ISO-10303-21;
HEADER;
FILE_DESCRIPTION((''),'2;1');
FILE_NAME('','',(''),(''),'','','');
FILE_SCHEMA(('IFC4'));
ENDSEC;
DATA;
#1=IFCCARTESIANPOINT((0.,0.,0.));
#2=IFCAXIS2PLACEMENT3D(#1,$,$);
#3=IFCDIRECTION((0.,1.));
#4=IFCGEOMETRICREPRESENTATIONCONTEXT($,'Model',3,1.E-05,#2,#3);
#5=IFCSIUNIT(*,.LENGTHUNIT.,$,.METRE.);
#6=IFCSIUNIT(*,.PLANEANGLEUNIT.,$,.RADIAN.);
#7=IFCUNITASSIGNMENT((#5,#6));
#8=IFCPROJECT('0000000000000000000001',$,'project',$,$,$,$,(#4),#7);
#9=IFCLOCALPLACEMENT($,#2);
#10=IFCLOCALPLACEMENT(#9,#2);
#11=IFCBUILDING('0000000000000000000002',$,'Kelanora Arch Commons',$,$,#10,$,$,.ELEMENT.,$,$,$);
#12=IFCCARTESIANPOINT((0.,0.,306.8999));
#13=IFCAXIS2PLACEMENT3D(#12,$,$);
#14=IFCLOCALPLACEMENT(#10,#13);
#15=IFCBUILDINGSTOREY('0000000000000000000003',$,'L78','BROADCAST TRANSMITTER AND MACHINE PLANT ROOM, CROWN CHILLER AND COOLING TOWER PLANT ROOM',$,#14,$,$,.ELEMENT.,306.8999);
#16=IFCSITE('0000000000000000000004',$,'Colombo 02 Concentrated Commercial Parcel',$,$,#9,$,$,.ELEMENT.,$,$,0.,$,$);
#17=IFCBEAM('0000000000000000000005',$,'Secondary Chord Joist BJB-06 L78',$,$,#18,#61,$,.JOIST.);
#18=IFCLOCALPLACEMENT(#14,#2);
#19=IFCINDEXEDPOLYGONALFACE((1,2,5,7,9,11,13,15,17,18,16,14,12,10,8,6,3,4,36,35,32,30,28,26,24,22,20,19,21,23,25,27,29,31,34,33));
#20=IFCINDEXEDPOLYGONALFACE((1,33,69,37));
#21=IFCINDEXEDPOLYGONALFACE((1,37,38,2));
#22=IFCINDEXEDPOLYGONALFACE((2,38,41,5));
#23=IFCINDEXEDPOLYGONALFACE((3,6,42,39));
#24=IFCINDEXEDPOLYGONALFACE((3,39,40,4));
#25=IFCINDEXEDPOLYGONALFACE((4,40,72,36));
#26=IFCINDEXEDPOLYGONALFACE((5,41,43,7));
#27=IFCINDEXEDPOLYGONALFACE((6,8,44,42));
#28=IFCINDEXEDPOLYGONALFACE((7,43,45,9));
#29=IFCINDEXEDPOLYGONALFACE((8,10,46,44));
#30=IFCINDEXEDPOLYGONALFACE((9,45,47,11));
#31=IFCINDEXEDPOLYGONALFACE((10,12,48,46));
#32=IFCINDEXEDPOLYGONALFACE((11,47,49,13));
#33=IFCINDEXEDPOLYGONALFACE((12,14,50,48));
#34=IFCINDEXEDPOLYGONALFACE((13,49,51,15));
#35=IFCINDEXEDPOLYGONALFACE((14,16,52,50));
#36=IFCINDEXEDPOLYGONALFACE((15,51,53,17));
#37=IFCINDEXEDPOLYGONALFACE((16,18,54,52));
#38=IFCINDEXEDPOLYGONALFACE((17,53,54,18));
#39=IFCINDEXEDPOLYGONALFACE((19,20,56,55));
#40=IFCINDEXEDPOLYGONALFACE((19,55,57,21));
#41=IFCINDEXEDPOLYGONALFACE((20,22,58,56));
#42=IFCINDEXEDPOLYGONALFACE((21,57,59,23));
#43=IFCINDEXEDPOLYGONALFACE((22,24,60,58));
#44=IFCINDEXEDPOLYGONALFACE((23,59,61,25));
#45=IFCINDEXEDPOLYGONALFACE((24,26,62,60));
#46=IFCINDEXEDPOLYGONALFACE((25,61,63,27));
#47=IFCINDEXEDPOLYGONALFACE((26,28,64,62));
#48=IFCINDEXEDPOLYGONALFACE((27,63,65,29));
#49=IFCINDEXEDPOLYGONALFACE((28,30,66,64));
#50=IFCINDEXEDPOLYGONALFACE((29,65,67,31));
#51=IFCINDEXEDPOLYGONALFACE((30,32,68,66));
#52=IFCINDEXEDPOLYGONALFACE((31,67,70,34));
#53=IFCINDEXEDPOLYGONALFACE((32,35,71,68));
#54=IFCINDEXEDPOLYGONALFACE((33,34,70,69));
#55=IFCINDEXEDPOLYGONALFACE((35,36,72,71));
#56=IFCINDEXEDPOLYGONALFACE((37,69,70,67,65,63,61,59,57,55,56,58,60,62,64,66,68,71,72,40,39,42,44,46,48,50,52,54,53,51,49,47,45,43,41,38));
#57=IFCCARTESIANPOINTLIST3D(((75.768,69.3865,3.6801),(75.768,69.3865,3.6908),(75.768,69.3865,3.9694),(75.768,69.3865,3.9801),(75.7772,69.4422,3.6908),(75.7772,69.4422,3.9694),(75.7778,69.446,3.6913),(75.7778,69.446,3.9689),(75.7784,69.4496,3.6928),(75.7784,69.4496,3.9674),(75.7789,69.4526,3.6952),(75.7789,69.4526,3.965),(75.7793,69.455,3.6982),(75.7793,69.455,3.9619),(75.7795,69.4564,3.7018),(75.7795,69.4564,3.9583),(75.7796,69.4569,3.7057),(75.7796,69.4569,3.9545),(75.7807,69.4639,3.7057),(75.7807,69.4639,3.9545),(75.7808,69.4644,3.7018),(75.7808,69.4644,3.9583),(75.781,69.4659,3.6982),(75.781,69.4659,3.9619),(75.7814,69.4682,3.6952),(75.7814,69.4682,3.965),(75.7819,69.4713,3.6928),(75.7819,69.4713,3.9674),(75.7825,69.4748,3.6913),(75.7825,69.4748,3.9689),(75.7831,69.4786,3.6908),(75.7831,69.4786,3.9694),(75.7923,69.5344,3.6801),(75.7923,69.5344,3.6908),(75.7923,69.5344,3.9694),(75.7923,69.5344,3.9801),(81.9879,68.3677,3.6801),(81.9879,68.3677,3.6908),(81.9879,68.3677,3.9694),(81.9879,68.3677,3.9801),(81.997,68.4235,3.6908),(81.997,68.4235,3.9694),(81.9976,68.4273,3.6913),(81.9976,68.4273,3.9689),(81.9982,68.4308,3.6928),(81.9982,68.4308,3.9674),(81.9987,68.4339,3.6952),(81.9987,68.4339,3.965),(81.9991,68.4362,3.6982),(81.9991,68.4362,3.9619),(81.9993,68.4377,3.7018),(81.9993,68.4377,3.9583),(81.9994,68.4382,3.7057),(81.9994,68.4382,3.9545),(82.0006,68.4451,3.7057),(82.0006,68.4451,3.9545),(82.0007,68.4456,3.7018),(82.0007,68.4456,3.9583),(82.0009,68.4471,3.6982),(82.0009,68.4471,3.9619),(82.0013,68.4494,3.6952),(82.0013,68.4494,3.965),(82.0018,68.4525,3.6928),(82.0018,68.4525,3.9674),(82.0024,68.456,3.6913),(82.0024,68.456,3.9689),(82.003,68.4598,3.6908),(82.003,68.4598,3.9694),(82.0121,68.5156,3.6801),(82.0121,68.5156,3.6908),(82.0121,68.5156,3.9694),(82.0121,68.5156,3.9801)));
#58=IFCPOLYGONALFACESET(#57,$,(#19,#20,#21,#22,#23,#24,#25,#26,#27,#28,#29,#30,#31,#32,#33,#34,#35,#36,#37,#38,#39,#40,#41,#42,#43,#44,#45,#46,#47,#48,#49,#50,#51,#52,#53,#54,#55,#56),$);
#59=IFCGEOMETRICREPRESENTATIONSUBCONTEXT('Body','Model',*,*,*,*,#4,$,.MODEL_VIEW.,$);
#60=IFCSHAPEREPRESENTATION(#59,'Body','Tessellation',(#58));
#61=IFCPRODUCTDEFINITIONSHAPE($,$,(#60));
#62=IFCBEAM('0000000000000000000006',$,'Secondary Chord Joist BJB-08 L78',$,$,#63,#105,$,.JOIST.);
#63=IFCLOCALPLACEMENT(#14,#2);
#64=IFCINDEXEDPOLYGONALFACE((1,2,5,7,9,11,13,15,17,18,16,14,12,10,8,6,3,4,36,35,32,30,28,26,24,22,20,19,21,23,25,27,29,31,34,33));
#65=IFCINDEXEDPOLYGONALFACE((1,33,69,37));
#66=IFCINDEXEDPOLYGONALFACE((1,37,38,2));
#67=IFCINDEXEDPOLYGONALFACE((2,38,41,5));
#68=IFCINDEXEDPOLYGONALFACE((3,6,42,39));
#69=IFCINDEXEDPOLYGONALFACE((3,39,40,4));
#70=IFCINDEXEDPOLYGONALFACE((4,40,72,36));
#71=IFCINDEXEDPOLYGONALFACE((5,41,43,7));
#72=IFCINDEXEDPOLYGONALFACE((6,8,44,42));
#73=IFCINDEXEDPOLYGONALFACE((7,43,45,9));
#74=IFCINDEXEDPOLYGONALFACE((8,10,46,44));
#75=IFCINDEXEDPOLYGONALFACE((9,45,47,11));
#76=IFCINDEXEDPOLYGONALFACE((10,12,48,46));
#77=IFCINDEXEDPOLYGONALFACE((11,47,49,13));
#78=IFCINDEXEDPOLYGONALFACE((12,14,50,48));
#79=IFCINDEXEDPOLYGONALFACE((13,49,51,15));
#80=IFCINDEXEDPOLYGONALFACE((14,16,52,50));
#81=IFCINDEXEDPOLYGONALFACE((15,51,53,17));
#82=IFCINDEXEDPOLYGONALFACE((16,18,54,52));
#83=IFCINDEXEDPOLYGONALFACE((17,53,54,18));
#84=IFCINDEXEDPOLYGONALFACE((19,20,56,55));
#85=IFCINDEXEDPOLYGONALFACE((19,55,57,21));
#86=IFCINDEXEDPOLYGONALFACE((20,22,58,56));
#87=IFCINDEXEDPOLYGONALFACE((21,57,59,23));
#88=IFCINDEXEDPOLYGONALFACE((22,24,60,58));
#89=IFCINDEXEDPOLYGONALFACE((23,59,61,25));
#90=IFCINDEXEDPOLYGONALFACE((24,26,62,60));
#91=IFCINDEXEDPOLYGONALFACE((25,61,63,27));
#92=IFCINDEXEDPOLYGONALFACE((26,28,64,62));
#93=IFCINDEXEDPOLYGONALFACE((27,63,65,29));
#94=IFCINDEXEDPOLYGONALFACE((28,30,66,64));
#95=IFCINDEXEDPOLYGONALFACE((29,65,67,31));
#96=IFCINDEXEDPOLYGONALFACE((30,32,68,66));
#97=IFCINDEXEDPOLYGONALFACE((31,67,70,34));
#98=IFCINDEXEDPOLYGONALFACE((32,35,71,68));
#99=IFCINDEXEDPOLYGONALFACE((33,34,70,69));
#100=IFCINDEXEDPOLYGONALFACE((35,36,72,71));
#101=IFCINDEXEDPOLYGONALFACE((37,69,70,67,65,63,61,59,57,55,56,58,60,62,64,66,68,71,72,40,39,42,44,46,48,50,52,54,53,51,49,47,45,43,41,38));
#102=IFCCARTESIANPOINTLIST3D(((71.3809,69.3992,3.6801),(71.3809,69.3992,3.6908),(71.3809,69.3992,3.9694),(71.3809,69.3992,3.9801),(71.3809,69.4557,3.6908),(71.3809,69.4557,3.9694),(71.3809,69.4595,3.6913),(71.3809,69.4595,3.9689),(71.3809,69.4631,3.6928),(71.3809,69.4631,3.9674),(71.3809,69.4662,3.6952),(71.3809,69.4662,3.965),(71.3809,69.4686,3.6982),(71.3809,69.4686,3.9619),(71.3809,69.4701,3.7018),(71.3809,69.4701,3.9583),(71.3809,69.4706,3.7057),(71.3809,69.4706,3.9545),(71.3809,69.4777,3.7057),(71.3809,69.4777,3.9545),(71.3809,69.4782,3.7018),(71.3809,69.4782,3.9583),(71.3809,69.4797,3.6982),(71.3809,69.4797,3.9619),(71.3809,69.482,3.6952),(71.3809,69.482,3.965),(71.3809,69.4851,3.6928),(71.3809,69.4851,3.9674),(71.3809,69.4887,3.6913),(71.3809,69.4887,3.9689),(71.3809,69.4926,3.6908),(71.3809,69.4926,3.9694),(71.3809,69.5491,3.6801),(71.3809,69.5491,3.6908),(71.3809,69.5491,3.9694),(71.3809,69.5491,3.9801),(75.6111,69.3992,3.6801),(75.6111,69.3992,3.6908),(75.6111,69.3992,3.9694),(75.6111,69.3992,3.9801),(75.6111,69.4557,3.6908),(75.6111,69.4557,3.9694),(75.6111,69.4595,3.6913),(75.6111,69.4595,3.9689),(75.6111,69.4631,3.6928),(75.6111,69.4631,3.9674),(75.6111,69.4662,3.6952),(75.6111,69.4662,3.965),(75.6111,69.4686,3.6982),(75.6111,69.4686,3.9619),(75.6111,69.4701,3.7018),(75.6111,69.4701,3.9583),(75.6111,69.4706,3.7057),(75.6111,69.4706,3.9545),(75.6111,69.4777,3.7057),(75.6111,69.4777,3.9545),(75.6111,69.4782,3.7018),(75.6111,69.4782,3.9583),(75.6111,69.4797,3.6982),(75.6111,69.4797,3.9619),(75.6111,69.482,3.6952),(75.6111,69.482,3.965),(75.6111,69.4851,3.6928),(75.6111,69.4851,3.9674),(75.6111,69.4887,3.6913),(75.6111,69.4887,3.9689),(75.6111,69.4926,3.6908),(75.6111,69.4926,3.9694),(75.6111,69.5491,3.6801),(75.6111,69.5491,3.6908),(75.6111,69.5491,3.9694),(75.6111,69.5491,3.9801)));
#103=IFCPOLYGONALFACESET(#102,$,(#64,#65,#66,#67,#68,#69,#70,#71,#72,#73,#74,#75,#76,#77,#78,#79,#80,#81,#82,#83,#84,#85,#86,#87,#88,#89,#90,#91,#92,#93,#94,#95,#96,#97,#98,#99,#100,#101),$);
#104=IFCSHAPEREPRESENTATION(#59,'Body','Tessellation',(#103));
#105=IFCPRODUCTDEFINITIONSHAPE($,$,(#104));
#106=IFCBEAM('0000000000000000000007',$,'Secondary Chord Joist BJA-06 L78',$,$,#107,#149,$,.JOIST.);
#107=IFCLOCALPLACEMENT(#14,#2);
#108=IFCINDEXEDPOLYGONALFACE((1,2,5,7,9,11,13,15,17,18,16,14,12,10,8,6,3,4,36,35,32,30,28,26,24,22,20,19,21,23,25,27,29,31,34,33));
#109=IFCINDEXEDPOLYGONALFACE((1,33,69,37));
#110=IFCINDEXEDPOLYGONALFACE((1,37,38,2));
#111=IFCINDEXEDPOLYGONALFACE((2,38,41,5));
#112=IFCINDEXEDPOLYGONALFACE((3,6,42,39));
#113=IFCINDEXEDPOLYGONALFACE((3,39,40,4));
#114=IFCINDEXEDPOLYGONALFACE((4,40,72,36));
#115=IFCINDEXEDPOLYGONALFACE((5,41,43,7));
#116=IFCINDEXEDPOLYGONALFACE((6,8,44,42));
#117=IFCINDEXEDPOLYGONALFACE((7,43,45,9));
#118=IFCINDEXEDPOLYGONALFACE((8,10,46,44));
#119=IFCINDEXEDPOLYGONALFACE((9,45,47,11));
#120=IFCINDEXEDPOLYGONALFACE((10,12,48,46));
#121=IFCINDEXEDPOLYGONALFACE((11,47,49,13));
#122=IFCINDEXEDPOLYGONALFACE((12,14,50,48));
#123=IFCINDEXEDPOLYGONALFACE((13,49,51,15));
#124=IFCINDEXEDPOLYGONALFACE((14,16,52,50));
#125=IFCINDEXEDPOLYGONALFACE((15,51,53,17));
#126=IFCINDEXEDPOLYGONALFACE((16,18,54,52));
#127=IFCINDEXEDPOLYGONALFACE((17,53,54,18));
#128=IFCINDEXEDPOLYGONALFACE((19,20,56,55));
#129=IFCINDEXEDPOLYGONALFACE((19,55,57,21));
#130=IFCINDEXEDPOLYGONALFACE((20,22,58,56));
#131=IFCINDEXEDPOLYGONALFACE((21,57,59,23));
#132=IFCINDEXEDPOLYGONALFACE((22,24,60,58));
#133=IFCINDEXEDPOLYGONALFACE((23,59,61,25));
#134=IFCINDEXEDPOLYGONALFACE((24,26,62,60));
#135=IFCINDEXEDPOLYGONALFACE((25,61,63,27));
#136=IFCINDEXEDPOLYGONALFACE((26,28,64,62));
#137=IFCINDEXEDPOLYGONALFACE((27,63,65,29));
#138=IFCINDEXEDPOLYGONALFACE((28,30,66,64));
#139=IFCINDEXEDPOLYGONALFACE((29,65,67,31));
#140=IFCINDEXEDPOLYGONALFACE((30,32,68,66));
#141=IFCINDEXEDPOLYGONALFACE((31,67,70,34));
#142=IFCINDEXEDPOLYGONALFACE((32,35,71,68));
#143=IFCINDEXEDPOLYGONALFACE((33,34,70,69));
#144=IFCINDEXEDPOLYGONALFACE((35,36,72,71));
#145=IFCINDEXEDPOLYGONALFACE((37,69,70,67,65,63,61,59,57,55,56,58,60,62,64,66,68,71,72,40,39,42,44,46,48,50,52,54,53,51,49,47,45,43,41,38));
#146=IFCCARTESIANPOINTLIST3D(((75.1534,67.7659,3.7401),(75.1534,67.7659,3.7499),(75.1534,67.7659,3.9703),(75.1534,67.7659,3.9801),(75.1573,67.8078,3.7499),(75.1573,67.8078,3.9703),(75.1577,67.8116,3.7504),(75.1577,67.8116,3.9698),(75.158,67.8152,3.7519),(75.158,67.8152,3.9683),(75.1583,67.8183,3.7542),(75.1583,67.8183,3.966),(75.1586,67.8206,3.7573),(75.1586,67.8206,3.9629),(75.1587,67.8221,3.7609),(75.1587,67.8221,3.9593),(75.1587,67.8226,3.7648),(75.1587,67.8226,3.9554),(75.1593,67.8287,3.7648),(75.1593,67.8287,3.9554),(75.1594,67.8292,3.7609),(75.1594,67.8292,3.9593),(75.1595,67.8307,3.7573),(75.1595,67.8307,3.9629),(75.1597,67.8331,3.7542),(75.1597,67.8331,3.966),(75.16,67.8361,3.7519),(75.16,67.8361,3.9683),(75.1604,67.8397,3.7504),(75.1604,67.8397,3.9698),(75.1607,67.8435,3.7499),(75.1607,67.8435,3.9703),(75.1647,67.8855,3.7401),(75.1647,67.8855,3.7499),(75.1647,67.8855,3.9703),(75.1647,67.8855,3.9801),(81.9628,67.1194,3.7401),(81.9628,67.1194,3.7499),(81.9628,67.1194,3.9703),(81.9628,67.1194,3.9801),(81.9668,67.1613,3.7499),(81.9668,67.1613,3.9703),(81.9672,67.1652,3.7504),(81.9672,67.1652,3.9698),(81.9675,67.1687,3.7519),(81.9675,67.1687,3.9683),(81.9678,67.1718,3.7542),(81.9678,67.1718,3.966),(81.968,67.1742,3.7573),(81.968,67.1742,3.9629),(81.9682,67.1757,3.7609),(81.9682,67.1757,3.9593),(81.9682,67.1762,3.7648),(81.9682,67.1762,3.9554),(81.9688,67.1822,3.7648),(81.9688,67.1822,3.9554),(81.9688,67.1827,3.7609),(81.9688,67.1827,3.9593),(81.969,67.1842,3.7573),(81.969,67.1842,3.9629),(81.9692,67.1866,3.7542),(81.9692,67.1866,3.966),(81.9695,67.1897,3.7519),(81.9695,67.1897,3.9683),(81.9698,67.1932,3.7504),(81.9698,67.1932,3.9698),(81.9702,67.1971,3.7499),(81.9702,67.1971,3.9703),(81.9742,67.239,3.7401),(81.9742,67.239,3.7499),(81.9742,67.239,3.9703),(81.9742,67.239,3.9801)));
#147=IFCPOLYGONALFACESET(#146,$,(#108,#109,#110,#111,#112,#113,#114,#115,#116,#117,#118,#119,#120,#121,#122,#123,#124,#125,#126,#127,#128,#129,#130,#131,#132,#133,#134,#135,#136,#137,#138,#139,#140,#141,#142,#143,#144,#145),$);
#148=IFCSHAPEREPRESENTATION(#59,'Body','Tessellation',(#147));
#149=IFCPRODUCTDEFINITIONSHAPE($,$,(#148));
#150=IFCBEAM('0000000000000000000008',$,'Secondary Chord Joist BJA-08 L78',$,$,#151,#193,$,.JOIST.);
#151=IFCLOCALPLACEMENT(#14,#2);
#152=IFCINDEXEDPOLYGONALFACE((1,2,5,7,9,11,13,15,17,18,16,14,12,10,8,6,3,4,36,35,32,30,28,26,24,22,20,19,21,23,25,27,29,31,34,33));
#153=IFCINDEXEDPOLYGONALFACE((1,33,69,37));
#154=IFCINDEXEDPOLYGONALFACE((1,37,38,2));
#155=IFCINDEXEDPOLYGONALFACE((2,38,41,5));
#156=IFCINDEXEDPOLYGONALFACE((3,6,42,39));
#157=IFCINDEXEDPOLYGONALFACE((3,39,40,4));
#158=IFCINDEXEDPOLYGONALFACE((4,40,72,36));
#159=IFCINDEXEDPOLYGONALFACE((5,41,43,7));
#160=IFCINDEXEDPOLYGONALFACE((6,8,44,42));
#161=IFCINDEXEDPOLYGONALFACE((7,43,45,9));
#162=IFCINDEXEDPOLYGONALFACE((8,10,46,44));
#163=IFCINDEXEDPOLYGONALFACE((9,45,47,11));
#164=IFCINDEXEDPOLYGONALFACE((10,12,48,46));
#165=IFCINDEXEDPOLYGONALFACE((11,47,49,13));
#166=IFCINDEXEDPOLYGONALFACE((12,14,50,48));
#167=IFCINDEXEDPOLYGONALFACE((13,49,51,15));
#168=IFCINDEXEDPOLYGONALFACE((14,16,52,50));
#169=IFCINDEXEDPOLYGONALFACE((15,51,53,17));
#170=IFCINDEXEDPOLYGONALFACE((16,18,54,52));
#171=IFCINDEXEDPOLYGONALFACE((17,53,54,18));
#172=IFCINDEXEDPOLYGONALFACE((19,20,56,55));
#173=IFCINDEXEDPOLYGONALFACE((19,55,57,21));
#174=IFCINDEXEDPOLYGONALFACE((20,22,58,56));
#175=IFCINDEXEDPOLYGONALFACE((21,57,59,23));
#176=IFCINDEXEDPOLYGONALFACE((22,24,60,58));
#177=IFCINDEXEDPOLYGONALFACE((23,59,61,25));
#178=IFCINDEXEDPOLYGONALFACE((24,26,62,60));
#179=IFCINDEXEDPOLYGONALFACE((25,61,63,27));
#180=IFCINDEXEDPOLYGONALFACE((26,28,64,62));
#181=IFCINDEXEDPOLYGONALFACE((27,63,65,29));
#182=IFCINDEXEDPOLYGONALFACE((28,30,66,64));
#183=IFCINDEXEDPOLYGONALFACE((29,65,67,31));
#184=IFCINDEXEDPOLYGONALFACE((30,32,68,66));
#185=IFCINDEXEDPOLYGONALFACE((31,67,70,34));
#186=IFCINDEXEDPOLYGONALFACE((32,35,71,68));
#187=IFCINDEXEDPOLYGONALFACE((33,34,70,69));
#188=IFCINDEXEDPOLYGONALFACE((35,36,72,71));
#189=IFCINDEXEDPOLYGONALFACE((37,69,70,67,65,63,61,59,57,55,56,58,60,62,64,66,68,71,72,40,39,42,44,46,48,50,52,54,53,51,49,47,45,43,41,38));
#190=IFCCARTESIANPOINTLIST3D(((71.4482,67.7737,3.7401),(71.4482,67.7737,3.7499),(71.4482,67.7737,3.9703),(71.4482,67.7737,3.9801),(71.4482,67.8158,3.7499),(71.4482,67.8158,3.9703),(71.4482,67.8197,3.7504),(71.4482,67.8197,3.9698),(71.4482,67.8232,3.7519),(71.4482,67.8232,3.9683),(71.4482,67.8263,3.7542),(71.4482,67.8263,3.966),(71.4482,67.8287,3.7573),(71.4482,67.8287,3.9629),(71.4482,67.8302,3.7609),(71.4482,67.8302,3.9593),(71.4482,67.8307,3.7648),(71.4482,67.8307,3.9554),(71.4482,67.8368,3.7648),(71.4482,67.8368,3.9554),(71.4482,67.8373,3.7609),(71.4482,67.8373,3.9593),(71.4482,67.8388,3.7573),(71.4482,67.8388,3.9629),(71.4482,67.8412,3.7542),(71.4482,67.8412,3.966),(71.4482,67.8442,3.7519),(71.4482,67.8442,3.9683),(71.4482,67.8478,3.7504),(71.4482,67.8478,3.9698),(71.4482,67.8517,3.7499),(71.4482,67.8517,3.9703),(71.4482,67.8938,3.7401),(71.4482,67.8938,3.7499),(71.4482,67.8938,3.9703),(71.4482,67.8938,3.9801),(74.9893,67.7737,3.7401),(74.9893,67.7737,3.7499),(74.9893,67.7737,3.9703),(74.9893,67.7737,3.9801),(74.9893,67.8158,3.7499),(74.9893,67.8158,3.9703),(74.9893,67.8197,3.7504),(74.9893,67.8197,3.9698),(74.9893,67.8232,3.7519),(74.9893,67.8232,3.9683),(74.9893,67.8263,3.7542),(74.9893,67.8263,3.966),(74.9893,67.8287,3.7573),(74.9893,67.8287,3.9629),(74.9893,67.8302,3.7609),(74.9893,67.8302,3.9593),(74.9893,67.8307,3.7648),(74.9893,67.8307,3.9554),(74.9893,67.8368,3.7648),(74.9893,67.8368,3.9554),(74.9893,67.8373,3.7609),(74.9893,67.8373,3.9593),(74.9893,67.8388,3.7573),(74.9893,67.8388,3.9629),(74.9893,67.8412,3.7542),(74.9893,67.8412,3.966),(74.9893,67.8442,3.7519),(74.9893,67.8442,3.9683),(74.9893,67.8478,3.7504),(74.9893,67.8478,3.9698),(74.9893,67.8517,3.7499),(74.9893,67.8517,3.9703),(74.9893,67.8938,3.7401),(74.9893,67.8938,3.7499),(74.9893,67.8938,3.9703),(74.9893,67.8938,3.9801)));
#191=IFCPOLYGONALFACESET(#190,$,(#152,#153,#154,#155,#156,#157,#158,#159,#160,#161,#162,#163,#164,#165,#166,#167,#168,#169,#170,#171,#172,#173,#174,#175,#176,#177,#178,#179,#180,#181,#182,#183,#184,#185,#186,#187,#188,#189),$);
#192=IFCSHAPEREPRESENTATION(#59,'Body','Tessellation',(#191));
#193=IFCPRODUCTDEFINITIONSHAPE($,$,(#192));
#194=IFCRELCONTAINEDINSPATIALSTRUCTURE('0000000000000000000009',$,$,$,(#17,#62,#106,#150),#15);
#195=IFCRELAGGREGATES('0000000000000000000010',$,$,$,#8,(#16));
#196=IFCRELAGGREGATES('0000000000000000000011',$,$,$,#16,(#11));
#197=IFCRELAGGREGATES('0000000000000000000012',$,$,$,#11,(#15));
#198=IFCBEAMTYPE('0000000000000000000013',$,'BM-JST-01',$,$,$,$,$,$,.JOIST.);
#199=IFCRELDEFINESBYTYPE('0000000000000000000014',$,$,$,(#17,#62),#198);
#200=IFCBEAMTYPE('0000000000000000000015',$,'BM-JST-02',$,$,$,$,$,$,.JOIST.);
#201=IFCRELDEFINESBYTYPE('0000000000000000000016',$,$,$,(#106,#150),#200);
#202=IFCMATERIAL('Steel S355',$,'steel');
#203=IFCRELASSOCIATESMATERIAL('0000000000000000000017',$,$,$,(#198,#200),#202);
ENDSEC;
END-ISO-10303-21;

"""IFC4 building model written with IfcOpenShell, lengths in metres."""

from ifc_helpers import new_model, si_unit, direction, frame, origin, origin_2d, place, context, subcontext, project, spatial, i_section, extrude, material, material_profile, profile_set, type_object, element, save


model = new_model("IFC4")

# Units and contexts
model_context = context("Model", 3, precision=1e-05, world=origin(), true_north=direction((0.0, 1.0)))
body_context = subcontext(model_context, "Body", "Model", "MODEL_VIEW")
ifc_project = project(units=[si_unit("LENGTHUNIT", "METRE"), si_unit("PLANEANGLEUNIT", "RADIAN")], contexts=[model_context])

# Site, building, storey
site_placement = place(None, origin())
site = spatial("IfcSite", under=ifc_project, at=site_placement, Name="Colombo 02 Concentrated Commercial Parcel", CompositionType="ELEMENT", RefElevation=0.0)
building_placement = place(site_placement, origin())
building = spatial("IfcBuilding", under=site, at=building_placement, Name="Kelanora Arch Commons", CompositionType="ELEMENT")
storey_placement = place(building_placement, frame((0.0, 0.0, 306.8999)))
storey = spatial("IfcBuildingStorey", under=building, at=storey_placement, Name="L78", Description="BROADCAST TRANSMITTER AND MACHINE PLANT ROOM, CROWN CHILLER AND COOLING TOWER PLANT ROOM", CompositionType="ELEMENT", Elevation=306.8999)

# Beams
ifc_material_1 = material(Name="Steel S355", Category="steel")
ifc_material_profile_1 = material_profile(ifc_material_1, i_section(OverallWidth=0.1499, OverallDepth=0.3, WebThickness=0.0071, FlangeThickness=0.0107, FilletRadius=0.0149, at=origin_2d()), Name="IPE300")
ifc_profile_set_1 = profile_set([ifc_material_profile_1], Name="Steel S355")
beam_type_1 = type_object("IfcBeamType", Name="BM-JST-01", PredefinedType="JOIST", material=ifc_profile_set_1)
beam_1_placement = place(storey_placement, frame((82.0, 68.4417, 3.8301), z_axis=(-0.98685, 0.161641, 0.0), x_axis=(-0.161641, -0.98685, 0.0)))
element("IfcBeam", 1, at=beam_1_placement, inside=storey, type_object=beam_type_1, Name="Secondary Chord Joist BJB-06 L78", PredefinedType="JOIST", context=body_context, shape_type="SweptSolid", body=[
    extrude(i_section(OverallWidth=0.1499, OverallDepth=0.3, WebThickness=0.0071, FlangeThickness=0.0107, FilletRadius=0.0149, at=origin_2d()), origin(), (0.0, 0.0, 1.0), 6.3027),
])
beam_2_placement = place(storey_placement, frame((75.6111, 69.4741, 3.8301), z_axis=(-1.0, 0.0, 0.0), x_axis=(0.0, -1.0, 0.0)))
element("IfcBeam", 2, at=beam_2_placement, inside=storey, type_object=beam_type_1, Name="Secondary Chord Joist BJB-08 L78", PredefinedType="JOIST", context=body_context, shape_type="SweptSolid", body=[
    extrude(i_section(OverallWidth=0.1499, OverallDepth=0.3, WebThickness=0.0071, FlangeThickness=0.0107, FilletRadius=0.0149, at=origin_2d()), origin(), (0.0, 0.0, 1.0), 4.2302),
])
ifc_material_profile_2 = material_profile(ifc_material_1, i_section(OverallWidth=0.1201, OverallDepth=0.24, WebThickness=0.0061, FlangeThickness=0.0098, FilletRadius=0.0149, at=origin_2d()), Name="IPE240")
ifc_profile_set_2 = profile_set([ifc_material_profile_2], Name="Steel S355")
beam_type_2 = type_object("IfcBeamType", Name="BM-JST-02", PredefinedType="JOIST", material=ifc_profile_set_2)
beam_3_placement = place(storey_placement, frame((81.9685, 67.1792, 3.8601), z_axis=(-0.995524, 0.094513, 0.0), x_axis=(-0.094513, -0.995524, 0.0)))
element("IfcBeam", 3, at=beam_3_placement, inside=storey, type_object=beam_type_2, Name="Secondary Chord Joist BJA-06 L78", PredefinedType="JOIST", context=body_context, shape_type="SweptSolid", body=[
    extrude(i_section(OverallWidth=0.1201, OverallDepth=0.24, WebThickness=0.0061, FlangeThickness=0.0098, FilletRadius=0.0149, at=origin_2d()), origin(), (0.0, 0.0, 1.0), 6.8401),
])
beam_4_placement = place(storey_placement, frame((74.9893, 67.8337, 3.8601), z_axis=(-1.0, 0.0, 0.0), x_axis=(0.0, -1.0, 0.0)))
element("IfcBeam", 4, at=beam_4_placement, inside=storey, type_object=beam_type_2, Name="Secondary Chord Joist BJA-08 L78", PredefinedType="JOIST", context=body_context, shape_type="SweptSolid", body=[
    extrude(i_section(OverallWidth=0.1201, OverallDepth=0.24, WebThickness=0.0061, FlangeThickness=0.0098, FilletRadius=0.0149, at=origin_2d()), origin(), (0.0, 0.0, 1.0), 3.541),
])

save(model, "model.ifc")
